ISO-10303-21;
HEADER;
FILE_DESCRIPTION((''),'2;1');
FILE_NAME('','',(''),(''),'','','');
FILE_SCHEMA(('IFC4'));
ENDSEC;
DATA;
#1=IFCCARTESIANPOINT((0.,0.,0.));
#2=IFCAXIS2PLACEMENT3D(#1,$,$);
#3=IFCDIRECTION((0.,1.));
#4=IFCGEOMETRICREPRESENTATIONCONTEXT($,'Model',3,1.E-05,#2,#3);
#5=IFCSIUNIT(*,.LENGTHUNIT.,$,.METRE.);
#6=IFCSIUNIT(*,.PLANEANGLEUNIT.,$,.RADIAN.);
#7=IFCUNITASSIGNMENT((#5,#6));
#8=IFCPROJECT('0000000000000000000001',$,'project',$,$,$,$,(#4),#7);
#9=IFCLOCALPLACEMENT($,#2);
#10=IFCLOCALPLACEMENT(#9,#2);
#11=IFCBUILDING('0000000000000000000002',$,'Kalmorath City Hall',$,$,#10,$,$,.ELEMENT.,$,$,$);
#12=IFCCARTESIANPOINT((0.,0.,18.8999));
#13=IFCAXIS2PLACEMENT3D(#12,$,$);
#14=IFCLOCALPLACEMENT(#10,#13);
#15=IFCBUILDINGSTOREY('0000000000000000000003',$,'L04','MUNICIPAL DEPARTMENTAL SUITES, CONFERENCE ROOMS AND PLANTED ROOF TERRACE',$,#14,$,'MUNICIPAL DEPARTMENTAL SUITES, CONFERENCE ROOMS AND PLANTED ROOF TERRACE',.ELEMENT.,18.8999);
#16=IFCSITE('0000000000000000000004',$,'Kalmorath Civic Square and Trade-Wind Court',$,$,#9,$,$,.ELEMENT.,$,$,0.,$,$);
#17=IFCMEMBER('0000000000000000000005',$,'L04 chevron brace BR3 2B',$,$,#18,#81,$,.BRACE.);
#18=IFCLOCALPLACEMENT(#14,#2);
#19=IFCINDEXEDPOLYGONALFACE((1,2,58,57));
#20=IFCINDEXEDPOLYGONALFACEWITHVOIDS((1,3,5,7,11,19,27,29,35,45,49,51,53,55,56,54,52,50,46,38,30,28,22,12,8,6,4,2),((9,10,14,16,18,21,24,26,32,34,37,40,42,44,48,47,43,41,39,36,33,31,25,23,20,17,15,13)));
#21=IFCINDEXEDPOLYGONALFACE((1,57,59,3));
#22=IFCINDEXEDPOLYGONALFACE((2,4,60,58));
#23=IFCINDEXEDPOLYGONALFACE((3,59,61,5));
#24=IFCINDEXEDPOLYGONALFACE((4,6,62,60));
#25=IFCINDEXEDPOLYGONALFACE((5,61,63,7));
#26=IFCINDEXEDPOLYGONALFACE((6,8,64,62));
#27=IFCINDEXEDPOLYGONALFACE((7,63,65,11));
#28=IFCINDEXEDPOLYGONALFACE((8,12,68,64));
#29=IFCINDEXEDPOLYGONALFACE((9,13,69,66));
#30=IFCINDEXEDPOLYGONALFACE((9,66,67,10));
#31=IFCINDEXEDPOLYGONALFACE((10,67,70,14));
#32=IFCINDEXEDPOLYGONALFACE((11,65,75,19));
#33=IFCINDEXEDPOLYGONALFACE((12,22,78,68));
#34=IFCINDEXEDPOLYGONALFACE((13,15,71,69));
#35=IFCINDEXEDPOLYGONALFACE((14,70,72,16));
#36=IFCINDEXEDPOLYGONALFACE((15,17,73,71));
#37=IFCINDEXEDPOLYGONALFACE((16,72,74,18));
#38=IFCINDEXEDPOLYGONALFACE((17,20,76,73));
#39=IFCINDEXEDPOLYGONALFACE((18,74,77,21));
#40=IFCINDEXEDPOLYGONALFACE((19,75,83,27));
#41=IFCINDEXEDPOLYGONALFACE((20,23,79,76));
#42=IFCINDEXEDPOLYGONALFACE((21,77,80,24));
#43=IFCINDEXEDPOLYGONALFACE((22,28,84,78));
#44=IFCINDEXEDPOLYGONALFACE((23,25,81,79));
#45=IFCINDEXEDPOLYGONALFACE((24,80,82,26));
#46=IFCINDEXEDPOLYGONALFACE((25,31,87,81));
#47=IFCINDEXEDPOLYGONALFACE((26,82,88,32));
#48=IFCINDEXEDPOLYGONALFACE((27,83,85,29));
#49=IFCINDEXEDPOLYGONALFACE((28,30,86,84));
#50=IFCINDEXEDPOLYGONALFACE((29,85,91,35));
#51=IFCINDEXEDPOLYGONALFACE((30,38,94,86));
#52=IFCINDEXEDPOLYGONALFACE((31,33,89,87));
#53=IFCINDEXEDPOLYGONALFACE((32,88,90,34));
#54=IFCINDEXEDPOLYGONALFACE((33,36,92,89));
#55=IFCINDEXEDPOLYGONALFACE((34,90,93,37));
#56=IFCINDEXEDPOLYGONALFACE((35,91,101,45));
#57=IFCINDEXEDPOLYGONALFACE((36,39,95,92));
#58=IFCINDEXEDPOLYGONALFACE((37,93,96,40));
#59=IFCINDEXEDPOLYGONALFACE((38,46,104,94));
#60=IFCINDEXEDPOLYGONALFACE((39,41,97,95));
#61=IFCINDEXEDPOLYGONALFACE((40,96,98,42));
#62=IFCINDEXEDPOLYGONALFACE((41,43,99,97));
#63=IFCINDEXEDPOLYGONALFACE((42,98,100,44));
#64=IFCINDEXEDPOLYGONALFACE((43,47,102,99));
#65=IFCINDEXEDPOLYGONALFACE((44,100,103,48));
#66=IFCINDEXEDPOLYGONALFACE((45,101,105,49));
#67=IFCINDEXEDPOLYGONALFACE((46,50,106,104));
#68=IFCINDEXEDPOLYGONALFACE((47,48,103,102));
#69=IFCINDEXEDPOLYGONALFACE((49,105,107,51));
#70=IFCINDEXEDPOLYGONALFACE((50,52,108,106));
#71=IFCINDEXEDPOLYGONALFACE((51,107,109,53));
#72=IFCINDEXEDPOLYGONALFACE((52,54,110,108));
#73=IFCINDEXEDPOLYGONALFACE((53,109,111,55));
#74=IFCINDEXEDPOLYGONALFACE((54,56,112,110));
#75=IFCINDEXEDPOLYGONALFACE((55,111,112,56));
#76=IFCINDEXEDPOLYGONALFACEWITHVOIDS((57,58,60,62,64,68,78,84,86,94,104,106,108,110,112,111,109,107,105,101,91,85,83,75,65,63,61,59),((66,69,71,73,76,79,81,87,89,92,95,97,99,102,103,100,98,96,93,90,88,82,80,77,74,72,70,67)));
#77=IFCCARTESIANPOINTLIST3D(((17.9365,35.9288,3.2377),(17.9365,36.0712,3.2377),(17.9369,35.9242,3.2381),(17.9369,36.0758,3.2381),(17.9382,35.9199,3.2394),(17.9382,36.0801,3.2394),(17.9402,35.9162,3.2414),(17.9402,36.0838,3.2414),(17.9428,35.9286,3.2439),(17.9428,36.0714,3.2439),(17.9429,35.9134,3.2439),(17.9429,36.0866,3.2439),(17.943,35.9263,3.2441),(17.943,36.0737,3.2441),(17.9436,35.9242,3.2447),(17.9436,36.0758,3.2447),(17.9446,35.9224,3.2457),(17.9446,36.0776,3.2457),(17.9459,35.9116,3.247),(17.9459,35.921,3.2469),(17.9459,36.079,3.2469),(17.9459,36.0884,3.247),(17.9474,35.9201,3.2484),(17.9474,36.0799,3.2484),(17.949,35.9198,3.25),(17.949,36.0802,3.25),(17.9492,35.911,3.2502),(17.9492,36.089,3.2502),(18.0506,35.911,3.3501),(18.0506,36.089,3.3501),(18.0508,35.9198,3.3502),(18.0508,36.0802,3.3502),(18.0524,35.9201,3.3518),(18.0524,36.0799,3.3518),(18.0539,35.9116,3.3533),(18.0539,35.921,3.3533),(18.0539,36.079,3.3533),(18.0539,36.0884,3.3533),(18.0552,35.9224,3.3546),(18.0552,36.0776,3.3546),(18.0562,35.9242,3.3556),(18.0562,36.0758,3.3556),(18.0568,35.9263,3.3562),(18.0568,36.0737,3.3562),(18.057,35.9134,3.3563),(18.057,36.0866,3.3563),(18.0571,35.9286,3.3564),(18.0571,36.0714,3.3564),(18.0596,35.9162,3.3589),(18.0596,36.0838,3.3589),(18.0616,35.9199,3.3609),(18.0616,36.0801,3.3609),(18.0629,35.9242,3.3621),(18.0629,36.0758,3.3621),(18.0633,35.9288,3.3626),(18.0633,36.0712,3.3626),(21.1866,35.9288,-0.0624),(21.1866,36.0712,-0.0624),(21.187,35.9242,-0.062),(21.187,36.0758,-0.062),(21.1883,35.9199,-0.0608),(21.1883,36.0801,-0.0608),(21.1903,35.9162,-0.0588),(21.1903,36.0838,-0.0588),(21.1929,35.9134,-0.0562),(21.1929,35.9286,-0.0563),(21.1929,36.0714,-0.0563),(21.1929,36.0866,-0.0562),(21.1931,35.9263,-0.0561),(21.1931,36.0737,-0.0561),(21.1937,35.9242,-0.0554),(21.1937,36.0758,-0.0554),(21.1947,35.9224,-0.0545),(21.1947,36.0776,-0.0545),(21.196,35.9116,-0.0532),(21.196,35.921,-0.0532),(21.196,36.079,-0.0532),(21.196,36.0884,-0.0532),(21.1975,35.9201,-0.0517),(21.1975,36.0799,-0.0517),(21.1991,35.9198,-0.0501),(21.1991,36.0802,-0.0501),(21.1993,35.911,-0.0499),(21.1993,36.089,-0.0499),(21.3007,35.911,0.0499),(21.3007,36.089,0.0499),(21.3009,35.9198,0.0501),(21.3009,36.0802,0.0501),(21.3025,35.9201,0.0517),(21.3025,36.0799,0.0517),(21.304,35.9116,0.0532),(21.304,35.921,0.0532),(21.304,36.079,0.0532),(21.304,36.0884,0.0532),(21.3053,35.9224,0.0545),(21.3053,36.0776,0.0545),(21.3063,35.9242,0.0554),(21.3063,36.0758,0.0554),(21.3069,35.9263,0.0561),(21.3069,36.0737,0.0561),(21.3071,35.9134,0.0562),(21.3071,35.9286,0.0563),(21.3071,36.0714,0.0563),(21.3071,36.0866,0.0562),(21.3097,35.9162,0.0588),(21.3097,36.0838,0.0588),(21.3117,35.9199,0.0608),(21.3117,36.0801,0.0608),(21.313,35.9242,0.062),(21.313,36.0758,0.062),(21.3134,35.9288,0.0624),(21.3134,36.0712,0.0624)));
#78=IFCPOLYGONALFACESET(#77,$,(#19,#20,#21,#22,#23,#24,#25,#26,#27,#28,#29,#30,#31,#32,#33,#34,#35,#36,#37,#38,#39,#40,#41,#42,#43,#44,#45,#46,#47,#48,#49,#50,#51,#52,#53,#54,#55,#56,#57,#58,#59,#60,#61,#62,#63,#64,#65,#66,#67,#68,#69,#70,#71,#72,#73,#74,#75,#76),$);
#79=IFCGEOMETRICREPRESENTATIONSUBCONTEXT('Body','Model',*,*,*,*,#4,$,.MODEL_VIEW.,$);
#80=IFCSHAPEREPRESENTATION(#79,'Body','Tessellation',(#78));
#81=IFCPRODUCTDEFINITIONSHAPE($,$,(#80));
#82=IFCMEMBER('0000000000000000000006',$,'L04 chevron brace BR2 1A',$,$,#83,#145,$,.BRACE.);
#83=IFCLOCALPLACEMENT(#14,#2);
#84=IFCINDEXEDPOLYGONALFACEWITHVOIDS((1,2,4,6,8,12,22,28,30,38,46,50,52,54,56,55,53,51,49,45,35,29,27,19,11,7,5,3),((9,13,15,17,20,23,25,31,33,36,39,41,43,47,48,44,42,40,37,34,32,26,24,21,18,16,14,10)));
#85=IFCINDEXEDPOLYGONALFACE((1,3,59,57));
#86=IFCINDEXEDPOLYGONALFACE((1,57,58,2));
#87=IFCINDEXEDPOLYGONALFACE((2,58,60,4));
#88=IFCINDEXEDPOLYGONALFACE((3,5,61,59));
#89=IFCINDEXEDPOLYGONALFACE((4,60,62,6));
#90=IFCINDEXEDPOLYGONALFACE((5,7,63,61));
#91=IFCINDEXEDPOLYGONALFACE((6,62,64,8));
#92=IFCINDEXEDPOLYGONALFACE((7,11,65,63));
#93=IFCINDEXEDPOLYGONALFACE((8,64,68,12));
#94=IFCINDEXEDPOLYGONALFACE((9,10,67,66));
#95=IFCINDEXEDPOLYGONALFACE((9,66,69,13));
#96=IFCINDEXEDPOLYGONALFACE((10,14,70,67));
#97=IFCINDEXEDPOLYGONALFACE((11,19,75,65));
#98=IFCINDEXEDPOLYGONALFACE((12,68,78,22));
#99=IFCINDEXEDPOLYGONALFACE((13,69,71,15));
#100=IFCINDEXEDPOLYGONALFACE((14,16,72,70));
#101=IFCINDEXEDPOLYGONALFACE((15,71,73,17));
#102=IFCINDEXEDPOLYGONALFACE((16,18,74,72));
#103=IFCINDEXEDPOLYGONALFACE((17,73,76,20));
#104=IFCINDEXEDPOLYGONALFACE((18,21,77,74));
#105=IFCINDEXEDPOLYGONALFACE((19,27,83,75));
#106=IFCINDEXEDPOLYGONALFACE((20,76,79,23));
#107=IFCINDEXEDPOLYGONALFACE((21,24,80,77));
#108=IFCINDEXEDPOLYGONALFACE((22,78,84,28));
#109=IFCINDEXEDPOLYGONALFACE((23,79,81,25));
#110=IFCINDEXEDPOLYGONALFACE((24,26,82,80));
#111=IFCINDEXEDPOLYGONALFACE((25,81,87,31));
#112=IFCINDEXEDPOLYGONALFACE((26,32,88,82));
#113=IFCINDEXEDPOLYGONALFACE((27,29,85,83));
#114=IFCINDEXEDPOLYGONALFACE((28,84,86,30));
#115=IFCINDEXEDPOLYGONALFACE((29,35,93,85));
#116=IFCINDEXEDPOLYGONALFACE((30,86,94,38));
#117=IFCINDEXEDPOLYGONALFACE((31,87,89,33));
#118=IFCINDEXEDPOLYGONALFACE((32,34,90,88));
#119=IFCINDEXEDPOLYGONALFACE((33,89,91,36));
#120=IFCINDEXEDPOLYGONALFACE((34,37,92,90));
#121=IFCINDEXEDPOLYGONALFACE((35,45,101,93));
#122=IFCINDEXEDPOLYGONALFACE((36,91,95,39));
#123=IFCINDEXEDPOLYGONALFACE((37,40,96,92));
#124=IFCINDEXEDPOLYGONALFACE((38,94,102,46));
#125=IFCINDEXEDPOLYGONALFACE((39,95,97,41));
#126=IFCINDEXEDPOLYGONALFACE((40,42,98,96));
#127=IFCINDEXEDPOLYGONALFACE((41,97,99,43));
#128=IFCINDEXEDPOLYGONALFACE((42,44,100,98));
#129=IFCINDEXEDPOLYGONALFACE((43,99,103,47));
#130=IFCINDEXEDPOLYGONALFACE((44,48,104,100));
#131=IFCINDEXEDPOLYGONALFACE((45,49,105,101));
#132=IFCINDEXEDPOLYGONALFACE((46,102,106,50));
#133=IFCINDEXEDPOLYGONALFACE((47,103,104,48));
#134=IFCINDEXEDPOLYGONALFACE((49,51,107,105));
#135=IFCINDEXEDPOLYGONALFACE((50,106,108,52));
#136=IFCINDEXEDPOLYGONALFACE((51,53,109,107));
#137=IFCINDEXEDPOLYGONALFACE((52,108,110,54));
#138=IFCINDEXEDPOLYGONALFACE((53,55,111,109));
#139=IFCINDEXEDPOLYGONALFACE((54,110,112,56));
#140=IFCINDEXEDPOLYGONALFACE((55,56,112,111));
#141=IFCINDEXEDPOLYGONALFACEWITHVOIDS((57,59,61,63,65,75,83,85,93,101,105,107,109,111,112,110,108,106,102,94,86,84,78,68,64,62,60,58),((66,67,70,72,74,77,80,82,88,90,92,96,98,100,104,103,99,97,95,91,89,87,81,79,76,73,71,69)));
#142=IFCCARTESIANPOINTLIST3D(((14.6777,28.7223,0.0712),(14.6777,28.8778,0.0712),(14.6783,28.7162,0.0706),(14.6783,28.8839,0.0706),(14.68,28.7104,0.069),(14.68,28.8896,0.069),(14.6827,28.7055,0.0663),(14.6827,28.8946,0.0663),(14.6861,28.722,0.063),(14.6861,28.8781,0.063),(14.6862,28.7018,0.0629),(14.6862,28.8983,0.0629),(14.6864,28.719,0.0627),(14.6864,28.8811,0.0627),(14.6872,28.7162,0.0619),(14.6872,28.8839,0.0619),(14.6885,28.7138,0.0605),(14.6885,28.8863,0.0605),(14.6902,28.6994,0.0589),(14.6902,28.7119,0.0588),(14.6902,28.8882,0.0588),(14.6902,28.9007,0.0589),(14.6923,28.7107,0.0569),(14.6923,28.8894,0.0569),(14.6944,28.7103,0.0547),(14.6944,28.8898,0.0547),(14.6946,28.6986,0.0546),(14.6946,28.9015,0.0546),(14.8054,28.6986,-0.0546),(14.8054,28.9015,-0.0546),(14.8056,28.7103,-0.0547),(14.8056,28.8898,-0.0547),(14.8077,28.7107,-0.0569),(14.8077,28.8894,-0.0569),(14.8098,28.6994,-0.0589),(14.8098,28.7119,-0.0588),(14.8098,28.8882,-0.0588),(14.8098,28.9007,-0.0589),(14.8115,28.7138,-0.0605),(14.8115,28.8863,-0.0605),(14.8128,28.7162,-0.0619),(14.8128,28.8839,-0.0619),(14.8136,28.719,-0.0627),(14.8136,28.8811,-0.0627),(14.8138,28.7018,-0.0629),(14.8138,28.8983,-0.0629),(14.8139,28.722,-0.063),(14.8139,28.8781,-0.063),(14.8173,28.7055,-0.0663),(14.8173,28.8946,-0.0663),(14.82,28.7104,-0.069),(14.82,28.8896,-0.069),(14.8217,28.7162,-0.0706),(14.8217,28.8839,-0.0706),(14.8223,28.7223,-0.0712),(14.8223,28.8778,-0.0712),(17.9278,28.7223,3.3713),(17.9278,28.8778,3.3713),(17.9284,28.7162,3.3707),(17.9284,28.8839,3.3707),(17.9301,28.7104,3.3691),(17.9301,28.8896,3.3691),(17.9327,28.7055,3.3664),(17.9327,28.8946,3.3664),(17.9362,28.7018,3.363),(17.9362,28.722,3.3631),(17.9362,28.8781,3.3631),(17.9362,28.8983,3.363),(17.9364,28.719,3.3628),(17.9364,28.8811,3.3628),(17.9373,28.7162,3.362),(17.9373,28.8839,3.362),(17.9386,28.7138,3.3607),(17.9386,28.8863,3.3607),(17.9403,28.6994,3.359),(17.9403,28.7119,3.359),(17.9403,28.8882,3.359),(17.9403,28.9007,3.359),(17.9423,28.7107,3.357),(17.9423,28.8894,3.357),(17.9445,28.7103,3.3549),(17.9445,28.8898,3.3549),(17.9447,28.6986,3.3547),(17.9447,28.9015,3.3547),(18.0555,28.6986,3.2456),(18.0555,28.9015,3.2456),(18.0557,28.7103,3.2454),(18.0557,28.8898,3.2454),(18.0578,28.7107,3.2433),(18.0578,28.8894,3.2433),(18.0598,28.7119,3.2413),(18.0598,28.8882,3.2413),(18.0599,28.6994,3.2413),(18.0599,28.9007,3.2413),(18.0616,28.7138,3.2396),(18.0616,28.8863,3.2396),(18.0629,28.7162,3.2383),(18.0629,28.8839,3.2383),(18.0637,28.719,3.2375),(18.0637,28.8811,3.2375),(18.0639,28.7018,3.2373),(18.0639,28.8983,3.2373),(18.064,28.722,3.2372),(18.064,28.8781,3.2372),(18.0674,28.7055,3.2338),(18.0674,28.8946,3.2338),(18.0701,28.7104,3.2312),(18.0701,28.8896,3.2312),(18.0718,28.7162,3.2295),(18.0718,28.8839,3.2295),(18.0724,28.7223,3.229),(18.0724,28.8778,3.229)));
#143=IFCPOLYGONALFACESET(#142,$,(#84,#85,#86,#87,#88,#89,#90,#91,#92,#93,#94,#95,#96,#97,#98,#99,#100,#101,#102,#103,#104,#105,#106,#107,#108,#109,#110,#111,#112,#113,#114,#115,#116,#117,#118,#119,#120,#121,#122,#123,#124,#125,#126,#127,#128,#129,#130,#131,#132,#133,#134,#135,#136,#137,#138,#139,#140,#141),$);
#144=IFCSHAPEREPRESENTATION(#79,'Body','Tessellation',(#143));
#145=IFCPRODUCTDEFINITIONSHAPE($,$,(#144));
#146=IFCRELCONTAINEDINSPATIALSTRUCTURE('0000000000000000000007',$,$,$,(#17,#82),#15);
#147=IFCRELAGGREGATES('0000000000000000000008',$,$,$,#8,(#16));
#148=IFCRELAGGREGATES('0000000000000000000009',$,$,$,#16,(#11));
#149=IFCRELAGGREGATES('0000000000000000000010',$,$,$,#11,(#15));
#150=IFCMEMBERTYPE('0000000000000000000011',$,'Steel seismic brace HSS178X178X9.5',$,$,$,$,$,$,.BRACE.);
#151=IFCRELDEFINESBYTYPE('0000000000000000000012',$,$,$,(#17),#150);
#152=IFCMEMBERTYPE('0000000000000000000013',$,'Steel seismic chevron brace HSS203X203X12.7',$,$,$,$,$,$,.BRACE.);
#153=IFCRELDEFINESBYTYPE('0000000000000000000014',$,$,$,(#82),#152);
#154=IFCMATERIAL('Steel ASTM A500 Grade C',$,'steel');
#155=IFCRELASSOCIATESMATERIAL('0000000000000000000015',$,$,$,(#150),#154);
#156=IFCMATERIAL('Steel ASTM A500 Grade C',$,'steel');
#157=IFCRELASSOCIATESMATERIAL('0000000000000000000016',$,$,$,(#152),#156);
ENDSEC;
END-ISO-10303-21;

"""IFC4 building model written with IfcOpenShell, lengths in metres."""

from ifc_helpers import new_model, si_unit, direction, frame, origin, origin_2d, place, context, subcontext, project, spatial, hollow_rectangle, extrude, material, material_profile, profile_set, type_object, element, save


model = new_model("IFC4")

# Units and contexts
model_context = context("Model", 3, precision=1e-05, world=origin(), true_north=direction((0.0, 1.0)))
body_context = subcontext(model_context, "Body", "Model", "MODEL_VIEW")
ifc_project = project(units=[si_unit("LENGTHUNIT", "METRE"), si_unit("PLANEANGLEUNIT", "RADIAN")], contexts=[model_context])

# Site, building, storey
site_placement = place(None, origin())
site = spatial("IfcSite", under=ifc_project, at=site_placement, Name="Kalmorath Civic Square and Trade-Wind Court", CompositionType="ELEMENT", RefElevation=0.0)
building_placement = place(site_placement, origin())
building = spatial("IfcBuilding", under=site, at=building_placement, Name="Kalmorath City Hall", CompositionType="ELEMENT")
storey_placement = place(building_placement, frame((0.0, 0.0, 18.8999)))
storey = spatial("IfcBuildingStorey", under=building, at=storey_placement, Name="L04", Description="MUNICIPAL DEPARTMENTAL SUITES, CONFERENCE ROOMS AND PLANTED ROOF TERRACE", LongName="MUNICIPAL DEPARTMENTAL SUITES, CONFERENCE ROOMS AND PLANTED ROOF TERRACE", CompositionType="ELEMENT", Elevation=18.8999)

# Members
ifc_material_1 = material(Name="Steel ASTM A500 Grade C", Category="steel")
ifc_material_profile_1 = material_profile(ifc_material_1, hollow_rectangle(XDim=0.178, YDim=0.178, WallThickness=0.0088, InnerFilletRadius=0.0088, OuterFilletRadius=0.0178, at=origin_2d()), Name="HSS178X178X9.5")
ifc_profile_set_1 = profile_set([ifc_material_profile_1], Name="Steel ASTM A500 Grade C")
member_type_1 = type_object("IfcMemberType", Name="Steel seismic brace HSS178X178X9.5", PredefinedType="BRACE", material=ifc_profile_set_1)
for number, where, z_axis, x_axis, name in (
    (1, (21.25, 36.0, 0.0), (-0.701683, 0.0, 0.712489), (0.0, -1.0, 0.0), "L04 chevron brace BR3 2B"),
):
    element("IfcMember", number, at=place(storey_placement, frame(where, z_axis=z_axis, x_axis=x_axis)), inside=storey, type_object=member_type_1, Name=name, PredefinedType="BRACE", context=body_context, shape_type="SweptSolid", body=[
        extrude(hollow_rectangle(XDim=0.178, YDim=0.178, WallThickness=0.0088, InnerFilletRadius=0.0088, OuterFilletRadius=0.0178, at=origin_2d()), origin(), (0.0, 0.0, 1.0), 4.6318),
    ])
ifc_material_2 = material(Name="Steel ASTM A500 Grade C", Category="steel")
ifc_material_profile_2 = material_profile(ifc_material_2, hollow_rectangle(XDim=0.2029, YDim=0.2029, WallThickness=0.0117, InnerFilletRadius=0.0117, OuterFilletRadius=0.0237, at=origin_2d()), Name="HSS203X203X12.7")
ifc_profile_set_2 = profile_set([ifc_material_profile_2], Name="Steel ASTM A500 Grade C")
member_type_2 = type_object("IfcMemberType", Name="Steel seismic chevron brace HSS203X203X12.7", PredefinedType="BRACE", material=ifc_profile_set_2)
for number, where, z_axis, x_axis, name in (
    (2, (14.75, 28.8, 0.0), (0.701683, 0.0, 0.712489), (0.0, 1.0, 0.0), "L04 chevron brace BR2 1A"),
):
    element("IfcMember", number, at=place(storey_placement, frame(where, z_axis=z_axis, x_axis=x_axis)), inside=storey, type_object=member_type_2, Name=name, PredefinedType="BRACE", context=body_context, shape_type="SweptSolid", body=[
        extrude(hollow_rectangle(XDim=0.2029, YDim=0.2029, WallThickness=0.0117, InnerFilletRadius=0.0117, OuterFilletRadius=0.0237, at=origin_2d()), origin(), (0.0, 0.0, 1.0), 4.6318),
    ])

save(model, "model.ifc")
